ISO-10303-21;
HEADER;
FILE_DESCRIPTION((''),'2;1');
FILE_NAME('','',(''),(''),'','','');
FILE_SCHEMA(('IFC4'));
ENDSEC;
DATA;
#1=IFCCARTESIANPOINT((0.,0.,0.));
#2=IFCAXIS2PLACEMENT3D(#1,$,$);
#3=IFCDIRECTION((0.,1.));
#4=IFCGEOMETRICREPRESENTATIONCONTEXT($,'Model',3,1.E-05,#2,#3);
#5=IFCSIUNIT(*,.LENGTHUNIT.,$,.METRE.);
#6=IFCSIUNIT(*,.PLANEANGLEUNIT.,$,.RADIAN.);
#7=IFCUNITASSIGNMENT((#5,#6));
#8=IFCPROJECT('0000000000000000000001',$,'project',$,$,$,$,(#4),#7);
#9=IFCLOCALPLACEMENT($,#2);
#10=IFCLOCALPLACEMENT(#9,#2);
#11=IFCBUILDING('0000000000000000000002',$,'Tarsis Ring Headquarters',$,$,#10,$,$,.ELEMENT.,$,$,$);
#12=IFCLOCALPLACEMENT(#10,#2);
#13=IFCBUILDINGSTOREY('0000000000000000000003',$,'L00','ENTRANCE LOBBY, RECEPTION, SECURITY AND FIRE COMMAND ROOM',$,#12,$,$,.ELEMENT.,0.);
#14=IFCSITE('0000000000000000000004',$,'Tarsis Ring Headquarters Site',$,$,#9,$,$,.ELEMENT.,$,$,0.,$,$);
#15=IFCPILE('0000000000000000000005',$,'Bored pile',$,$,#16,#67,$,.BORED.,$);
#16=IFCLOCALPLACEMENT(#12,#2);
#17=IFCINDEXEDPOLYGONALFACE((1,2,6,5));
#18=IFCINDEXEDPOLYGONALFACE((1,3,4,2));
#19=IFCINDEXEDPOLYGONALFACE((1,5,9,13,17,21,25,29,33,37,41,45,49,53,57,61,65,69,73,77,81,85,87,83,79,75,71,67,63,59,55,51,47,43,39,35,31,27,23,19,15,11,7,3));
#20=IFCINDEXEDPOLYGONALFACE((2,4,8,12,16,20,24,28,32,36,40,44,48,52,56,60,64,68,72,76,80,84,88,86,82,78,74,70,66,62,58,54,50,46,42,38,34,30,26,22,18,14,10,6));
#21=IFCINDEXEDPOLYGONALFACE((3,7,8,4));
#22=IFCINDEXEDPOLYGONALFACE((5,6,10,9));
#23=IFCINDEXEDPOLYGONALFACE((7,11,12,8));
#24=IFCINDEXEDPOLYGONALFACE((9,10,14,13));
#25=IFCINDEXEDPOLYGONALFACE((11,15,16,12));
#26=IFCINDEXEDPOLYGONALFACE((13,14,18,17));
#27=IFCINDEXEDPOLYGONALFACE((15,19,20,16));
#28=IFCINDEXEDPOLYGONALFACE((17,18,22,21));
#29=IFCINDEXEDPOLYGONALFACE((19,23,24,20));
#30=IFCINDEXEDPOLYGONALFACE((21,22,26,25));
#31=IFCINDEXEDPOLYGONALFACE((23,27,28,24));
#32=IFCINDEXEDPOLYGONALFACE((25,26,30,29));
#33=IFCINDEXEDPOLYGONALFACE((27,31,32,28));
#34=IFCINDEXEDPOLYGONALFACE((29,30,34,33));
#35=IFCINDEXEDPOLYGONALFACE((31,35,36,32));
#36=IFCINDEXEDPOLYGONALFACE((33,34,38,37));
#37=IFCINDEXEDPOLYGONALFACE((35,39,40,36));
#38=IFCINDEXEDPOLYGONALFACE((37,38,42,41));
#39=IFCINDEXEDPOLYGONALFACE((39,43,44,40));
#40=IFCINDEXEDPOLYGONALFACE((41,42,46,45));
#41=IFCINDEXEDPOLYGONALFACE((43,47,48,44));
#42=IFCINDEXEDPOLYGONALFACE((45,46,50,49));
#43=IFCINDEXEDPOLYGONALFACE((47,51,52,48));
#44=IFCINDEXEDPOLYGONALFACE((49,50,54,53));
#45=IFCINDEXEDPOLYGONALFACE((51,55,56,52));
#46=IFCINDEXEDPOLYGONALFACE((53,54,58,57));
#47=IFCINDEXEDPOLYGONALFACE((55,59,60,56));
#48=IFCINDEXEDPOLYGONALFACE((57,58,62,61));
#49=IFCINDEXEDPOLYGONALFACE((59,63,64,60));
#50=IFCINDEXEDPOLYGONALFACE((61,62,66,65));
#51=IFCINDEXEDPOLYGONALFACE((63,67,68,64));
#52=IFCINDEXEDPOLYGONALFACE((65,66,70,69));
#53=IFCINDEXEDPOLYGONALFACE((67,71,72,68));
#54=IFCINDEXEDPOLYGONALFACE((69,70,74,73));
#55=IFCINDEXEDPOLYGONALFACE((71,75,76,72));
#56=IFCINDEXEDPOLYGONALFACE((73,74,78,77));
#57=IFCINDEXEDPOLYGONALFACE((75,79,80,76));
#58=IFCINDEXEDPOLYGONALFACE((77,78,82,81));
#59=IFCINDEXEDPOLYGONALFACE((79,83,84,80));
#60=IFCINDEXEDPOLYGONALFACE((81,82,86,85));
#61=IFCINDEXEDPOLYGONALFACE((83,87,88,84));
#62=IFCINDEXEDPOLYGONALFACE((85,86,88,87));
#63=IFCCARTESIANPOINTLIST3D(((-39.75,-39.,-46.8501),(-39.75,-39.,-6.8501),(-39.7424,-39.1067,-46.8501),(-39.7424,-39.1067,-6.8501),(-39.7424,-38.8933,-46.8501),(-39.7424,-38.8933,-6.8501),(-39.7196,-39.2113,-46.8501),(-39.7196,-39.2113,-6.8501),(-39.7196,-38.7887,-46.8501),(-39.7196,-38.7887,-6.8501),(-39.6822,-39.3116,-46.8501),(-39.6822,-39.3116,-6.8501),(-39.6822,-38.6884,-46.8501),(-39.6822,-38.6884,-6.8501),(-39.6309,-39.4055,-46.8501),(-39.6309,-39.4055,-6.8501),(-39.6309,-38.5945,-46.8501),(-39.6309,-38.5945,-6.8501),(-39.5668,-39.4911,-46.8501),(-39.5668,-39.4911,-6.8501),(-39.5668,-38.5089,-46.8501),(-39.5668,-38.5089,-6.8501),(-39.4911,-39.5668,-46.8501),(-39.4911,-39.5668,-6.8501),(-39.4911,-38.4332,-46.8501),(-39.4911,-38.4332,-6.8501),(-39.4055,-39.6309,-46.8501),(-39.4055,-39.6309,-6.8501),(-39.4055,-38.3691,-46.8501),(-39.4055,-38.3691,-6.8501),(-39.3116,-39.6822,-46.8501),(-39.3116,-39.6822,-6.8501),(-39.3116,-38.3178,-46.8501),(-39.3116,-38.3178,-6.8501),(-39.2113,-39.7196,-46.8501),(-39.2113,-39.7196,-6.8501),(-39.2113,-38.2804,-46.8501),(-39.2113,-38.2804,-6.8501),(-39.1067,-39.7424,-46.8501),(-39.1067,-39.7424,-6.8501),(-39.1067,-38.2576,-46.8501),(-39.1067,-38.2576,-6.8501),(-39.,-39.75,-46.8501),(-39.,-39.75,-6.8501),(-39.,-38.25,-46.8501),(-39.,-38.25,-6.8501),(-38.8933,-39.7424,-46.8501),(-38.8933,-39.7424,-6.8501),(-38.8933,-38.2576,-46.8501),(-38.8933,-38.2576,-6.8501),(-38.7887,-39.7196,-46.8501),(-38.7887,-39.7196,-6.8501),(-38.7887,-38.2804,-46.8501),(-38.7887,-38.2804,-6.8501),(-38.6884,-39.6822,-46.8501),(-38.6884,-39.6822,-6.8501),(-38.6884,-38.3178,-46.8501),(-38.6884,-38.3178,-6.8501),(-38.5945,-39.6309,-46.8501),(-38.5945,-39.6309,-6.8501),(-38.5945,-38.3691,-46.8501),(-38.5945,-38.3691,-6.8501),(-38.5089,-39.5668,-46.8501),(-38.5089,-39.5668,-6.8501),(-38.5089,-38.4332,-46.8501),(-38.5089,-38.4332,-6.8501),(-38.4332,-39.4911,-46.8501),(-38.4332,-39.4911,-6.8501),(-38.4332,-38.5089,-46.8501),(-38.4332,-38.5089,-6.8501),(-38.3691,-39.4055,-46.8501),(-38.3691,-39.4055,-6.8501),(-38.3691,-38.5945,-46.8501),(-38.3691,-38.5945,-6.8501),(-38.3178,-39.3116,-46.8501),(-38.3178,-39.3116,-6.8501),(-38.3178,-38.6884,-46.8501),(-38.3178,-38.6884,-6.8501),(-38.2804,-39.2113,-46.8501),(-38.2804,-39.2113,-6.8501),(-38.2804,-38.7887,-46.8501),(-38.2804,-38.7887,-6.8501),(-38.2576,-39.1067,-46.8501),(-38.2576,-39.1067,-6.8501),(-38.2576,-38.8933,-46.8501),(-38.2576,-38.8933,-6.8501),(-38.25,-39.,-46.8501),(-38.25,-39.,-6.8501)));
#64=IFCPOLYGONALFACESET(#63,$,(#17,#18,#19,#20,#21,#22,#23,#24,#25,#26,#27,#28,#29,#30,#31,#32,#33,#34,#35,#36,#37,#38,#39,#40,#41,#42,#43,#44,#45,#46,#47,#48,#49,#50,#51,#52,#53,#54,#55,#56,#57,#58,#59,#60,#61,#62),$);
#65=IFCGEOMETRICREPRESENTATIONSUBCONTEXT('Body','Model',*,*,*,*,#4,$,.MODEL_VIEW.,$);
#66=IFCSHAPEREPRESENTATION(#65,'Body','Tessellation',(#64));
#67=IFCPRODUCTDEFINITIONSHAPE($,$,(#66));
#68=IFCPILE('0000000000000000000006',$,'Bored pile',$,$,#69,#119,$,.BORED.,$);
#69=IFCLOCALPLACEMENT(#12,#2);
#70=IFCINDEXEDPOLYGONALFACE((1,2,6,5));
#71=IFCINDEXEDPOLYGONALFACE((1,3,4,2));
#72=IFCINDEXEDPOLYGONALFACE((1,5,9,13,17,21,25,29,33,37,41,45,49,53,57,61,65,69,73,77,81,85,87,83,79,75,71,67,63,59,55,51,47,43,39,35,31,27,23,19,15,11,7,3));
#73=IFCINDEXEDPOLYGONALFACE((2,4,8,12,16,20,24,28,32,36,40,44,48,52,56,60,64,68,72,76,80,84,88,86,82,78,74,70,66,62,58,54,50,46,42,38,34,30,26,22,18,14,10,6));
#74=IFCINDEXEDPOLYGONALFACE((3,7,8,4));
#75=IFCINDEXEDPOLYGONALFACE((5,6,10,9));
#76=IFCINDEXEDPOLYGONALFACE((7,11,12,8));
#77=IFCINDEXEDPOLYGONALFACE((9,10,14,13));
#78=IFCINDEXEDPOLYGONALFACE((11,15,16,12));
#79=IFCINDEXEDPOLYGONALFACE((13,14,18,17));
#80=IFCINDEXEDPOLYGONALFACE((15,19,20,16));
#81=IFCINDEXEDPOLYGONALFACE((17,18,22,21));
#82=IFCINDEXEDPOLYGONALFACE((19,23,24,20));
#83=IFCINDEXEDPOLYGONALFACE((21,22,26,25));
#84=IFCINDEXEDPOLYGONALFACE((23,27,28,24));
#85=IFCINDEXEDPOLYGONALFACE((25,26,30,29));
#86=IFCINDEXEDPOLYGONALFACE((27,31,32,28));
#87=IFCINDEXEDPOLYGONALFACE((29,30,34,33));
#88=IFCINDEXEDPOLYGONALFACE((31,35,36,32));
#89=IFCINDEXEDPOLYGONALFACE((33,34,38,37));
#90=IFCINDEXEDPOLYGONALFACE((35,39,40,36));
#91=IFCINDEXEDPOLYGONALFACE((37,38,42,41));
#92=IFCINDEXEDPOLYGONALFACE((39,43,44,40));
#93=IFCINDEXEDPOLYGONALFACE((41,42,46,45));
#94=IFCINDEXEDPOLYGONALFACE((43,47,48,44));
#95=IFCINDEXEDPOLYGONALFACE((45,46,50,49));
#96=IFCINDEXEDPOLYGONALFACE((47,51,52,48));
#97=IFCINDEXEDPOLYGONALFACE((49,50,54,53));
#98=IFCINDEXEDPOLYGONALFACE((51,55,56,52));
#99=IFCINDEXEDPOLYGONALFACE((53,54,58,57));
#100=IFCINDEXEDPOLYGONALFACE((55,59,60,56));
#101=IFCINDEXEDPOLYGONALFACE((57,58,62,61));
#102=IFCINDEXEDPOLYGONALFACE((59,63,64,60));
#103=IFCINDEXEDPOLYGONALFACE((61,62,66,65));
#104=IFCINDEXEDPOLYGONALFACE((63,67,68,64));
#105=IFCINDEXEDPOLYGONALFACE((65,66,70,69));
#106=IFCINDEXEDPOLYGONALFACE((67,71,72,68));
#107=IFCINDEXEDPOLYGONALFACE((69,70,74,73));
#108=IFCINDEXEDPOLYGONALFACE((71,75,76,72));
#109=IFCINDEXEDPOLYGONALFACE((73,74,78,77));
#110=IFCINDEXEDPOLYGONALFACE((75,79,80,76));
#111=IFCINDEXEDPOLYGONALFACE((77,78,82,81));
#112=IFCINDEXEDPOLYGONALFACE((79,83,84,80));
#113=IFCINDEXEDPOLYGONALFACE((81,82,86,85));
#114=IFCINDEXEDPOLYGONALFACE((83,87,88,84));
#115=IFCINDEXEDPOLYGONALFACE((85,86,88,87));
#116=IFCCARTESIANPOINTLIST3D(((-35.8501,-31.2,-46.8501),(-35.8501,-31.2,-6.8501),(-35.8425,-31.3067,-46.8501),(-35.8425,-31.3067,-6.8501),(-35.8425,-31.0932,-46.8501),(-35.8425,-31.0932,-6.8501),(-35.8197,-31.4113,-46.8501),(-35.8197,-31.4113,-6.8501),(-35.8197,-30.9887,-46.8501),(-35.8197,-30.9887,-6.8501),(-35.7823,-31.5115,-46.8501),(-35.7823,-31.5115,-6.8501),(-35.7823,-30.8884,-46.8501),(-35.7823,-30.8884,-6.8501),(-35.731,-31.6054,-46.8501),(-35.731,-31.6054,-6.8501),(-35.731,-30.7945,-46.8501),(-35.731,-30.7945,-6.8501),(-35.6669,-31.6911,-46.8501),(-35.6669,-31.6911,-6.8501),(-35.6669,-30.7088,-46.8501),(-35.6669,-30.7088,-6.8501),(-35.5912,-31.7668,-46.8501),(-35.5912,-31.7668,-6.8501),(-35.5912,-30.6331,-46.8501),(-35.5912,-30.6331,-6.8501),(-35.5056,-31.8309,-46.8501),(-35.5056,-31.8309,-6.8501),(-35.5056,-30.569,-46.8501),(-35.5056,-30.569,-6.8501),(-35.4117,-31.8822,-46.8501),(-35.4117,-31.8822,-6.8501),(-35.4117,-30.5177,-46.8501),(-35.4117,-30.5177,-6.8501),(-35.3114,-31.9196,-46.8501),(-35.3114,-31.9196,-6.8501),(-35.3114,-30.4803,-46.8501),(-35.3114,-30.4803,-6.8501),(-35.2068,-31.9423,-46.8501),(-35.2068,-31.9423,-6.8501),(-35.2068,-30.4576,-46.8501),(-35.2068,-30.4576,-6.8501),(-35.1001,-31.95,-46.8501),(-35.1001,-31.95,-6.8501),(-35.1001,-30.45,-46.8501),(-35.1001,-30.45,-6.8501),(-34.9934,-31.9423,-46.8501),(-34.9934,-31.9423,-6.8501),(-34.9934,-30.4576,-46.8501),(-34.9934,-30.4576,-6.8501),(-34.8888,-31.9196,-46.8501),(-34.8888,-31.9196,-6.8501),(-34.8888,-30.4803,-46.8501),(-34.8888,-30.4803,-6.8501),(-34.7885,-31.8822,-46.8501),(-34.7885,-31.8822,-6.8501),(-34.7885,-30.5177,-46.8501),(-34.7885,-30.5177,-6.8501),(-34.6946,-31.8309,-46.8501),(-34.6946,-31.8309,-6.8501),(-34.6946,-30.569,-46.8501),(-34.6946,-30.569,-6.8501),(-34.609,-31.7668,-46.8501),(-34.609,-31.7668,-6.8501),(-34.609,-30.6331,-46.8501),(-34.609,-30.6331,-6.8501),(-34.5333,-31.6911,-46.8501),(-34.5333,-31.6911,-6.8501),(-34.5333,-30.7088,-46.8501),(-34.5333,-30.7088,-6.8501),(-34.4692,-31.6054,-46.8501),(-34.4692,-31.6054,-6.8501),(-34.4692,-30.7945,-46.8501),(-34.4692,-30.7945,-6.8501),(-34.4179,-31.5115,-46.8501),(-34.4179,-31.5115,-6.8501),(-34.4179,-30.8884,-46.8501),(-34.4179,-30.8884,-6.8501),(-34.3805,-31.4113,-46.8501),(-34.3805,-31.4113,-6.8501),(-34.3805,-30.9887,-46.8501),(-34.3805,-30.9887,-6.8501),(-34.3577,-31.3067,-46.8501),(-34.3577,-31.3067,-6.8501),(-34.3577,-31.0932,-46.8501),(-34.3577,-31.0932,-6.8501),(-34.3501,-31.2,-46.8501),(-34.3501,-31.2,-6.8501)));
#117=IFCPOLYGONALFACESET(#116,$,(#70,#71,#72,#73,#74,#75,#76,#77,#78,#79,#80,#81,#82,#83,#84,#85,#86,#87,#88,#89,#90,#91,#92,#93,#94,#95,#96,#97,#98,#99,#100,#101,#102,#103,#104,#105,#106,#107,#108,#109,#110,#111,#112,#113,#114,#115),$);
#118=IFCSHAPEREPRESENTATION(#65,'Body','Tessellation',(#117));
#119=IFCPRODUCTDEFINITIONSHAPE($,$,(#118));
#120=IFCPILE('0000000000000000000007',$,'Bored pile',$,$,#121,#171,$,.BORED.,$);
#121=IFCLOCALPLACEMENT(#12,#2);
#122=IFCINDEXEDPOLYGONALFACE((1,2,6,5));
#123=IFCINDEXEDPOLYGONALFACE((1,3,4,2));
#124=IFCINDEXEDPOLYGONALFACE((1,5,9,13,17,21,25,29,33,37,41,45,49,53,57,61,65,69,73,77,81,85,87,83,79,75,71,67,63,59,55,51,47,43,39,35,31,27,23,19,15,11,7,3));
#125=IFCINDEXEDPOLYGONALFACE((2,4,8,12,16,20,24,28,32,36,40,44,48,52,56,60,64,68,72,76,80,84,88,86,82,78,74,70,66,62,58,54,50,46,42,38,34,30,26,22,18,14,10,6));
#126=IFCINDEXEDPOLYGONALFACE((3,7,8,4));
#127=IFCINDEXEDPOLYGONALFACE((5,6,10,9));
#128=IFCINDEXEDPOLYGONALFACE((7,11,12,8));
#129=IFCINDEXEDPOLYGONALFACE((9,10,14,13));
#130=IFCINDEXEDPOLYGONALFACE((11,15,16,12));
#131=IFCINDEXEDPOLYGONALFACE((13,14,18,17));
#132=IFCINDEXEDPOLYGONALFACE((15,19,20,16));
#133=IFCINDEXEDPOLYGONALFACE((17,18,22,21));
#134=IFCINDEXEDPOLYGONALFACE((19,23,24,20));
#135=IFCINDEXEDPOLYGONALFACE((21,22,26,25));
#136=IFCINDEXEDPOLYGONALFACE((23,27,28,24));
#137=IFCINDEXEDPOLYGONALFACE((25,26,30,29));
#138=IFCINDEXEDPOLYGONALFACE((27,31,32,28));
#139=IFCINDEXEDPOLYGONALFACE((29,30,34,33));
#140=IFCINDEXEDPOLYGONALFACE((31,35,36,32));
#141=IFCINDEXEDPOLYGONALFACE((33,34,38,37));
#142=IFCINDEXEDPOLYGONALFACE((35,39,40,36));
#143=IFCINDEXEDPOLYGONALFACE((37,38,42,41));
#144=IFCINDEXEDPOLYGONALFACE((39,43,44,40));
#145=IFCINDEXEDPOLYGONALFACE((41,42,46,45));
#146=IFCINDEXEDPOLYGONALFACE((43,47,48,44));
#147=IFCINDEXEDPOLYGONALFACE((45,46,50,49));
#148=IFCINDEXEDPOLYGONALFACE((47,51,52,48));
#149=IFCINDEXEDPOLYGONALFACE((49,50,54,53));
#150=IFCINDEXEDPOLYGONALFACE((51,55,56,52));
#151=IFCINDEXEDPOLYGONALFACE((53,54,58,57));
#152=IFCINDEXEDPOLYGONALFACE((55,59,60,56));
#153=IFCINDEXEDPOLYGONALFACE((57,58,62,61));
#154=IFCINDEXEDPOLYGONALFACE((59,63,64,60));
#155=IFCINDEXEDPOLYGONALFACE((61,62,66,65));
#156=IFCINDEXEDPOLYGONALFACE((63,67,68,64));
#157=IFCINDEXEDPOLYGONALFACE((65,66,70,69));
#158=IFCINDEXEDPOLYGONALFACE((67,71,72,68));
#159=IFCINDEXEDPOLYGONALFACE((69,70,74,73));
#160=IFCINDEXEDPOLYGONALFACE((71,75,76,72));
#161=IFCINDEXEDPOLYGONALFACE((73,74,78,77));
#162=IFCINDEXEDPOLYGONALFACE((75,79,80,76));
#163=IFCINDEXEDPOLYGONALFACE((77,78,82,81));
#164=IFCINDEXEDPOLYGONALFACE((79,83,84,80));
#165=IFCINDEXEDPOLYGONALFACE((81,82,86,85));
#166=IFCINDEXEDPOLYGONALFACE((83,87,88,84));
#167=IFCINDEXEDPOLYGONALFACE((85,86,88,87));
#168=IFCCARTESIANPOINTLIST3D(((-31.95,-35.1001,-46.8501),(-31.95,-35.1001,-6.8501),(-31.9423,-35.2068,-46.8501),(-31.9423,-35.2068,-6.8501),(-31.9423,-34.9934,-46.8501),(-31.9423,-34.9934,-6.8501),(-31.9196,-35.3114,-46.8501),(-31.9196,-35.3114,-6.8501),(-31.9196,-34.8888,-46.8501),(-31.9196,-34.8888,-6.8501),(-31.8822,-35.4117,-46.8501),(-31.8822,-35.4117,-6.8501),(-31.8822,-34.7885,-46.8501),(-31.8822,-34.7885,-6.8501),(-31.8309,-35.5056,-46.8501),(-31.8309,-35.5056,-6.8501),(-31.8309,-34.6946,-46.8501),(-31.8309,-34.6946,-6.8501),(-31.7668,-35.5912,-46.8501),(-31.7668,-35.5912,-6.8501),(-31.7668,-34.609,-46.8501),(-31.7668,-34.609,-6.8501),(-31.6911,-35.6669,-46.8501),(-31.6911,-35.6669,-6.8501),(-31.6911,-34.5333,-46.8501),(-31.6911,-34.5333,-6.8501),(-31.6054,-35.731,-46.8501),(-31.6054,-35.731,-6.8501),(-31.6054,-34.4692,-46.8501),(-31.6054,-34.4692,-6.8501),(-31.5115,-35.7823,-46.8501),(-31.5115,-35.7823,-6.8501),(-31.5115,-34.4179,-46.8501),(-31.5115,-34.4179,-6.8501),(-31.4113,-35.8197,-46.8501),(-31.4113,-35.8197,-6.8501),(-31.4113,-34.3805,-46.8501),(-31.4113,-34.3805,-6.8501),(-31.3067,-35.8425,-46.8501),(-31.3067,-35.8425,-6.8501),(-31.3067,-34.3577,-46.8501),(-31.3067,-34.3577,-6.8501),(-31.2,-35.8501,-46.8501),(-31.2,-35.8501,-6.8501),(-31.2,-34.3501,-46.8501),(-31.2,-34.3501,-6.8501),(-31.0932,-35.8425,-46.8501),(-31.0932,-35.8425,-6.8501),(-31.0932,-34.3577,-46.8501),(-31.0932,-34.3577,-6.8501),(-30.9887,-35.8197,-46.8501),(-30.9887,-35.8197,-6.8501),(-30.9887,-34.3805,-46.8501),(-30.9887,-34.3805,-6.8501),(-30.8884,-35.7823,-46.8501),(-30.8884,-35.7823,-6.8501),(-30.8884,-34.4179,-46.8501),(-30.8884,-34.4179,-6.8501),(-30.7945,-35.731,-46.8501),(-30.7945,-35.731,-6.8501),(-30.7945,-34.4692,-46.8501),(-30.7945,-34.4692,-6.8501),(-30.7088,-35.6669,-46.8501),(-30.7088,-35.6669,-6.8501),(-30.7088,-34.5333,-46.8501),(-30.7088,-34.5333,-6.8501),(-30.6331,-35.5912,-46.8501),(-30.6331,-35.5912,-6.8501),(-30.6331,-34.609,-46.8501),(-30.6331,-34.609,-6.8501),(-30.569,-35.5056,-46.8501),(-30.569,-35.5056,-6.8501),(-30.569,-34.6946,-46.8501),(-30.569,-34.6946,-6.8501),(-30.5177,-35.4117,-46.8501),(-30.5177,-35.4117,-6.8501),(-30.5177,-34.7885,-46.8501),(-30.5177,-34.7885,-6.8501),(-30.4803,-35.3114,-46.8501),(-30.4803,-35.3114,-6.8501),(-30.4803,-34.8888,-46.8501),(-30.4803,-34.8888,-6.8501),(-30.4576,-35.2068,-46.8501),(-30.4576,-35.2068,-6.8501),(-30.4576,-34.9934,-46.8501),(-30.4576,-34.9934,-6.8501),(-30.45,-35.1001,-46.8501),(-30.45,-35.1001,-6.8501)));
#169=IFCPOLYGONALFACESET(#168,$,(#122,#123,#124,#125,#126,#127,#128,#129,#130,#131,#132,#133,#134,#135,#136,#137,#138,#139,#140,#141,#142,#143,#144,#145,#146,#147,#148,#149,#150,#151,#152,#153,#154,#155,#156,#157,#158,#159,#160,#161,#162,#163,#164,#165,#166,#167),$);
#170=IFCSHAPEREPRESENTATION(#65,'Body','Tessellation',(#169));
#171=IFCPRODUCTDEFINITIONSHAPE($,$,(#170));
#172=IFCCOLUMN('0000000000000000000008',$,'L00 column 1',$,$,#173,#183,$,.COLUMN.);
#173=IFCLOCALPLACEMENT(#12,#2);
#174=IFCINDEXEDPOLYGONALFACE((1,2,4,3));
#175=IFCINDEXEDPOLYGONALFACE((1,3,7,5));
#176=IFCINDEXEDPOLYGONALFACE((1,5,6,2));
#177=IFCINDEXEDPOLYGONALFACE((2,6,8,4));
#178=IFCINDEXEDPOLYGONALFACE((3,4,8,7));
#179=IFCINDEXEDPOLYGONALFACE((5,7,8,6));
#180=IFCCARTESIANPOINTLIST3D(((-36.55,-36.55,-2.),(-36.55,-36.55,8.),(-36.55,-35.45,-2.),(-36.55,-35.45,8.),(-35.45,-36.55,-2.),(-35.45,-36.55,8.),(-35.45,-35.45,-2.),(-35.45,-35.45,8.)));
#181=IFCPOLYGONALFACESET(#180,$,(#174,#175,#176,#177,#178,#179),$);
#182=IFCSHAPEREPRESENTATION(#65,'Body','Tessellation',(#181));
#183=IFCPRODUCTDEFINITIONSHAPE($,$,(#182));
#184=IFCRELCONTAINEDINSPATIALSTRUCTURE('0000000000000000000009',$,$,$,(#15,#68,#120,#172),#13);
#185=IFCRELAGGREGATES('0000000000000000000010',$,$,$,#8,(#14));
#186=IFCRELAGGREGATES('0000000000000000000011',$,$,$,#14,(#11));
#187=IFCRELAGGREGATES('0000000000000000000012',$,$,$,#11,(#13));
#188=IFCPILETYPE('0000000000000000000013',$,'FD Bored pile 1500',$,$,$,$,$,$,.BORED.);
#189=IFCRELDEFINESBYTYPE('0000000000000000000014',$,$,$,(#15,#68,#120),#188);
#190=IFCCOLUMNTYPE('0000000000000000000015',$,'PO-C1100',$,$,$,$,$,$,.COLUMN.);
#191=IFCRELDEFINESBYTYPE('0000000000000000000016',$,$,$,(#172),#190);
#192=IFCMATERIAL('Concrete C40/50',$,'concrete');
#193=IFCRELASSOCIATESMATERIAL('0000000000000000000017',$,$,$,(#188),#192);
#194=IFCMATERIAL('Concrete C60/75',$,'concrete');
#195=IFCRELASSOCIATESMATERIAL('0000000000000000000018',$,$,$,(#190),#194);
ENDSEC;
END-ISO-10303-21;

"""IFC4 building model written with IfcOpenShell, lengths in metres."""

from ifc_helpers import new_model, si_unit, direction, frame, origin, origin_2d, place, context, subcontext, project, spatial, rectangle, circle, extrude, material, material_profile, profile_set, type_object, element, save


model = new_model("IFC4")

# Units and contexts
model_context = context("Model", 3, precision=1e-05, world=origin(), true_north=direction((0.0, 1.0)))
body_context = subcontext(model_context, "Body", "Model", "MODEL_VIEW")
ifc_project = project(units=[si_unit("LENGTHUNIT", "METRE"), si_unit("PLANEANGLEUNIT", "RADIAN")], contexts=[model_context])

# Site, building, storey
site_placement = place(None, origin())
site = spatial("IfcSite", under=ifc_project, at=site_placement, Name="Tarsis Ring Headquarters Site", CompositionType="ELEMENT", RefElevation=0.0)
building_placement = place(site_placement, origin())
building = spatial("IfcBuilding", under=site, at=building_placement, Name="Tarsis Ring Headquarters", CompositionType="ELEMENT")
storey_placement = place(building_placement, origin())
storey = spatial("IfcBuildingStorey", under=building, at=storey_placement, Name="L00", Description="ENTRANCE LOBBY, RECEPTION, SECURITY AND FIRE COMMAND ROOM", CompositionType="ELEMENT", Elevation=0.0)

# Piles
ifc_material_1 = material(Name="Concrete C40/50", Category="concrete")
ifc_material_profile_1 = material_profile(ifc_material_1, circle(Radius=0.75, at=origin_2d()), Name="BORED 1500")
ifc_profile_set_1 = profile_set([ifc_material_profile_1], Name="Concrete C40/50")
pile_type_1 = type_object("IfcPileType", Name="FD Bored pile 1500", PredefinedType="BORED", material=ifc_profile_set_1)
for number, where, z_axis, x_axis, name in (
    (1, (-39.0, -39.0, -6.8501), (0.0, 0.0, -1.0), (1.0, 0.0, 0.0), "Bored pile"),
    (2, (-35.1001, -31.2, -6.8501), (0.0, 0.0, -1.0), (1.0, 0.0, 0.0), "Bored pile"),
    (3, (-31.2, -35.1001, -6.8501), (0.0, 0.0, -1.0), (1.0, 0.0, 0.0), "Bored pile"),
):
    element("IfcPile", number, at=place(storey_placement, frame(where, z_axis=z_axis, x_axis=x_axis)), inside=storey, type_object=pile_type_1, Name=name, PredefinedType="BORED", context=body_context, shape_type="SweptSolid", body=[
        extrude(circle(Radius=0.75, at=origin_2d()), origin(), (0.0, 0.0, 1.0), 40.0),
    ])

# Column
ifc_material_2 = material(Name="Concrete C60/75", Category="concrete")
ifc_material_profile_2 = material_profile(ifc_material_2, rectangle(XDim=1.1001, YDim=1.1001, at=origin_2d()), Name="PO-C1100")
ifc_profile_set_2 = profile_set([ifc_material_profile_2], Name="Concrete C60/75")
column_type_1 = type_object("IfcColumnType", Name="PO-C1100", PredefinedType="COLUMN", material=ifc_profile_set_2)
column_1_placement = place(storey_placement, frame((-36.0, -36.0, -2.0), z_axis=(0.0, 0.0, 1.0), x_axis=(1.0, 0.0, 0.0)))
element("IfcColumn", 4, at=column_1_placement, inside=storey, type_object=column_type_1, Name="L00 column 1", PredefinedType="COLUMN", context=body_context, shape_type="SweptSolid", body=[
    extrude(rectangle(XDim=1.1001, YDim=1.1001, at=origin_2d()), origin(), (0.0, 0.0, 1.0), 10.0),
])

save(model, "model.ifc")
